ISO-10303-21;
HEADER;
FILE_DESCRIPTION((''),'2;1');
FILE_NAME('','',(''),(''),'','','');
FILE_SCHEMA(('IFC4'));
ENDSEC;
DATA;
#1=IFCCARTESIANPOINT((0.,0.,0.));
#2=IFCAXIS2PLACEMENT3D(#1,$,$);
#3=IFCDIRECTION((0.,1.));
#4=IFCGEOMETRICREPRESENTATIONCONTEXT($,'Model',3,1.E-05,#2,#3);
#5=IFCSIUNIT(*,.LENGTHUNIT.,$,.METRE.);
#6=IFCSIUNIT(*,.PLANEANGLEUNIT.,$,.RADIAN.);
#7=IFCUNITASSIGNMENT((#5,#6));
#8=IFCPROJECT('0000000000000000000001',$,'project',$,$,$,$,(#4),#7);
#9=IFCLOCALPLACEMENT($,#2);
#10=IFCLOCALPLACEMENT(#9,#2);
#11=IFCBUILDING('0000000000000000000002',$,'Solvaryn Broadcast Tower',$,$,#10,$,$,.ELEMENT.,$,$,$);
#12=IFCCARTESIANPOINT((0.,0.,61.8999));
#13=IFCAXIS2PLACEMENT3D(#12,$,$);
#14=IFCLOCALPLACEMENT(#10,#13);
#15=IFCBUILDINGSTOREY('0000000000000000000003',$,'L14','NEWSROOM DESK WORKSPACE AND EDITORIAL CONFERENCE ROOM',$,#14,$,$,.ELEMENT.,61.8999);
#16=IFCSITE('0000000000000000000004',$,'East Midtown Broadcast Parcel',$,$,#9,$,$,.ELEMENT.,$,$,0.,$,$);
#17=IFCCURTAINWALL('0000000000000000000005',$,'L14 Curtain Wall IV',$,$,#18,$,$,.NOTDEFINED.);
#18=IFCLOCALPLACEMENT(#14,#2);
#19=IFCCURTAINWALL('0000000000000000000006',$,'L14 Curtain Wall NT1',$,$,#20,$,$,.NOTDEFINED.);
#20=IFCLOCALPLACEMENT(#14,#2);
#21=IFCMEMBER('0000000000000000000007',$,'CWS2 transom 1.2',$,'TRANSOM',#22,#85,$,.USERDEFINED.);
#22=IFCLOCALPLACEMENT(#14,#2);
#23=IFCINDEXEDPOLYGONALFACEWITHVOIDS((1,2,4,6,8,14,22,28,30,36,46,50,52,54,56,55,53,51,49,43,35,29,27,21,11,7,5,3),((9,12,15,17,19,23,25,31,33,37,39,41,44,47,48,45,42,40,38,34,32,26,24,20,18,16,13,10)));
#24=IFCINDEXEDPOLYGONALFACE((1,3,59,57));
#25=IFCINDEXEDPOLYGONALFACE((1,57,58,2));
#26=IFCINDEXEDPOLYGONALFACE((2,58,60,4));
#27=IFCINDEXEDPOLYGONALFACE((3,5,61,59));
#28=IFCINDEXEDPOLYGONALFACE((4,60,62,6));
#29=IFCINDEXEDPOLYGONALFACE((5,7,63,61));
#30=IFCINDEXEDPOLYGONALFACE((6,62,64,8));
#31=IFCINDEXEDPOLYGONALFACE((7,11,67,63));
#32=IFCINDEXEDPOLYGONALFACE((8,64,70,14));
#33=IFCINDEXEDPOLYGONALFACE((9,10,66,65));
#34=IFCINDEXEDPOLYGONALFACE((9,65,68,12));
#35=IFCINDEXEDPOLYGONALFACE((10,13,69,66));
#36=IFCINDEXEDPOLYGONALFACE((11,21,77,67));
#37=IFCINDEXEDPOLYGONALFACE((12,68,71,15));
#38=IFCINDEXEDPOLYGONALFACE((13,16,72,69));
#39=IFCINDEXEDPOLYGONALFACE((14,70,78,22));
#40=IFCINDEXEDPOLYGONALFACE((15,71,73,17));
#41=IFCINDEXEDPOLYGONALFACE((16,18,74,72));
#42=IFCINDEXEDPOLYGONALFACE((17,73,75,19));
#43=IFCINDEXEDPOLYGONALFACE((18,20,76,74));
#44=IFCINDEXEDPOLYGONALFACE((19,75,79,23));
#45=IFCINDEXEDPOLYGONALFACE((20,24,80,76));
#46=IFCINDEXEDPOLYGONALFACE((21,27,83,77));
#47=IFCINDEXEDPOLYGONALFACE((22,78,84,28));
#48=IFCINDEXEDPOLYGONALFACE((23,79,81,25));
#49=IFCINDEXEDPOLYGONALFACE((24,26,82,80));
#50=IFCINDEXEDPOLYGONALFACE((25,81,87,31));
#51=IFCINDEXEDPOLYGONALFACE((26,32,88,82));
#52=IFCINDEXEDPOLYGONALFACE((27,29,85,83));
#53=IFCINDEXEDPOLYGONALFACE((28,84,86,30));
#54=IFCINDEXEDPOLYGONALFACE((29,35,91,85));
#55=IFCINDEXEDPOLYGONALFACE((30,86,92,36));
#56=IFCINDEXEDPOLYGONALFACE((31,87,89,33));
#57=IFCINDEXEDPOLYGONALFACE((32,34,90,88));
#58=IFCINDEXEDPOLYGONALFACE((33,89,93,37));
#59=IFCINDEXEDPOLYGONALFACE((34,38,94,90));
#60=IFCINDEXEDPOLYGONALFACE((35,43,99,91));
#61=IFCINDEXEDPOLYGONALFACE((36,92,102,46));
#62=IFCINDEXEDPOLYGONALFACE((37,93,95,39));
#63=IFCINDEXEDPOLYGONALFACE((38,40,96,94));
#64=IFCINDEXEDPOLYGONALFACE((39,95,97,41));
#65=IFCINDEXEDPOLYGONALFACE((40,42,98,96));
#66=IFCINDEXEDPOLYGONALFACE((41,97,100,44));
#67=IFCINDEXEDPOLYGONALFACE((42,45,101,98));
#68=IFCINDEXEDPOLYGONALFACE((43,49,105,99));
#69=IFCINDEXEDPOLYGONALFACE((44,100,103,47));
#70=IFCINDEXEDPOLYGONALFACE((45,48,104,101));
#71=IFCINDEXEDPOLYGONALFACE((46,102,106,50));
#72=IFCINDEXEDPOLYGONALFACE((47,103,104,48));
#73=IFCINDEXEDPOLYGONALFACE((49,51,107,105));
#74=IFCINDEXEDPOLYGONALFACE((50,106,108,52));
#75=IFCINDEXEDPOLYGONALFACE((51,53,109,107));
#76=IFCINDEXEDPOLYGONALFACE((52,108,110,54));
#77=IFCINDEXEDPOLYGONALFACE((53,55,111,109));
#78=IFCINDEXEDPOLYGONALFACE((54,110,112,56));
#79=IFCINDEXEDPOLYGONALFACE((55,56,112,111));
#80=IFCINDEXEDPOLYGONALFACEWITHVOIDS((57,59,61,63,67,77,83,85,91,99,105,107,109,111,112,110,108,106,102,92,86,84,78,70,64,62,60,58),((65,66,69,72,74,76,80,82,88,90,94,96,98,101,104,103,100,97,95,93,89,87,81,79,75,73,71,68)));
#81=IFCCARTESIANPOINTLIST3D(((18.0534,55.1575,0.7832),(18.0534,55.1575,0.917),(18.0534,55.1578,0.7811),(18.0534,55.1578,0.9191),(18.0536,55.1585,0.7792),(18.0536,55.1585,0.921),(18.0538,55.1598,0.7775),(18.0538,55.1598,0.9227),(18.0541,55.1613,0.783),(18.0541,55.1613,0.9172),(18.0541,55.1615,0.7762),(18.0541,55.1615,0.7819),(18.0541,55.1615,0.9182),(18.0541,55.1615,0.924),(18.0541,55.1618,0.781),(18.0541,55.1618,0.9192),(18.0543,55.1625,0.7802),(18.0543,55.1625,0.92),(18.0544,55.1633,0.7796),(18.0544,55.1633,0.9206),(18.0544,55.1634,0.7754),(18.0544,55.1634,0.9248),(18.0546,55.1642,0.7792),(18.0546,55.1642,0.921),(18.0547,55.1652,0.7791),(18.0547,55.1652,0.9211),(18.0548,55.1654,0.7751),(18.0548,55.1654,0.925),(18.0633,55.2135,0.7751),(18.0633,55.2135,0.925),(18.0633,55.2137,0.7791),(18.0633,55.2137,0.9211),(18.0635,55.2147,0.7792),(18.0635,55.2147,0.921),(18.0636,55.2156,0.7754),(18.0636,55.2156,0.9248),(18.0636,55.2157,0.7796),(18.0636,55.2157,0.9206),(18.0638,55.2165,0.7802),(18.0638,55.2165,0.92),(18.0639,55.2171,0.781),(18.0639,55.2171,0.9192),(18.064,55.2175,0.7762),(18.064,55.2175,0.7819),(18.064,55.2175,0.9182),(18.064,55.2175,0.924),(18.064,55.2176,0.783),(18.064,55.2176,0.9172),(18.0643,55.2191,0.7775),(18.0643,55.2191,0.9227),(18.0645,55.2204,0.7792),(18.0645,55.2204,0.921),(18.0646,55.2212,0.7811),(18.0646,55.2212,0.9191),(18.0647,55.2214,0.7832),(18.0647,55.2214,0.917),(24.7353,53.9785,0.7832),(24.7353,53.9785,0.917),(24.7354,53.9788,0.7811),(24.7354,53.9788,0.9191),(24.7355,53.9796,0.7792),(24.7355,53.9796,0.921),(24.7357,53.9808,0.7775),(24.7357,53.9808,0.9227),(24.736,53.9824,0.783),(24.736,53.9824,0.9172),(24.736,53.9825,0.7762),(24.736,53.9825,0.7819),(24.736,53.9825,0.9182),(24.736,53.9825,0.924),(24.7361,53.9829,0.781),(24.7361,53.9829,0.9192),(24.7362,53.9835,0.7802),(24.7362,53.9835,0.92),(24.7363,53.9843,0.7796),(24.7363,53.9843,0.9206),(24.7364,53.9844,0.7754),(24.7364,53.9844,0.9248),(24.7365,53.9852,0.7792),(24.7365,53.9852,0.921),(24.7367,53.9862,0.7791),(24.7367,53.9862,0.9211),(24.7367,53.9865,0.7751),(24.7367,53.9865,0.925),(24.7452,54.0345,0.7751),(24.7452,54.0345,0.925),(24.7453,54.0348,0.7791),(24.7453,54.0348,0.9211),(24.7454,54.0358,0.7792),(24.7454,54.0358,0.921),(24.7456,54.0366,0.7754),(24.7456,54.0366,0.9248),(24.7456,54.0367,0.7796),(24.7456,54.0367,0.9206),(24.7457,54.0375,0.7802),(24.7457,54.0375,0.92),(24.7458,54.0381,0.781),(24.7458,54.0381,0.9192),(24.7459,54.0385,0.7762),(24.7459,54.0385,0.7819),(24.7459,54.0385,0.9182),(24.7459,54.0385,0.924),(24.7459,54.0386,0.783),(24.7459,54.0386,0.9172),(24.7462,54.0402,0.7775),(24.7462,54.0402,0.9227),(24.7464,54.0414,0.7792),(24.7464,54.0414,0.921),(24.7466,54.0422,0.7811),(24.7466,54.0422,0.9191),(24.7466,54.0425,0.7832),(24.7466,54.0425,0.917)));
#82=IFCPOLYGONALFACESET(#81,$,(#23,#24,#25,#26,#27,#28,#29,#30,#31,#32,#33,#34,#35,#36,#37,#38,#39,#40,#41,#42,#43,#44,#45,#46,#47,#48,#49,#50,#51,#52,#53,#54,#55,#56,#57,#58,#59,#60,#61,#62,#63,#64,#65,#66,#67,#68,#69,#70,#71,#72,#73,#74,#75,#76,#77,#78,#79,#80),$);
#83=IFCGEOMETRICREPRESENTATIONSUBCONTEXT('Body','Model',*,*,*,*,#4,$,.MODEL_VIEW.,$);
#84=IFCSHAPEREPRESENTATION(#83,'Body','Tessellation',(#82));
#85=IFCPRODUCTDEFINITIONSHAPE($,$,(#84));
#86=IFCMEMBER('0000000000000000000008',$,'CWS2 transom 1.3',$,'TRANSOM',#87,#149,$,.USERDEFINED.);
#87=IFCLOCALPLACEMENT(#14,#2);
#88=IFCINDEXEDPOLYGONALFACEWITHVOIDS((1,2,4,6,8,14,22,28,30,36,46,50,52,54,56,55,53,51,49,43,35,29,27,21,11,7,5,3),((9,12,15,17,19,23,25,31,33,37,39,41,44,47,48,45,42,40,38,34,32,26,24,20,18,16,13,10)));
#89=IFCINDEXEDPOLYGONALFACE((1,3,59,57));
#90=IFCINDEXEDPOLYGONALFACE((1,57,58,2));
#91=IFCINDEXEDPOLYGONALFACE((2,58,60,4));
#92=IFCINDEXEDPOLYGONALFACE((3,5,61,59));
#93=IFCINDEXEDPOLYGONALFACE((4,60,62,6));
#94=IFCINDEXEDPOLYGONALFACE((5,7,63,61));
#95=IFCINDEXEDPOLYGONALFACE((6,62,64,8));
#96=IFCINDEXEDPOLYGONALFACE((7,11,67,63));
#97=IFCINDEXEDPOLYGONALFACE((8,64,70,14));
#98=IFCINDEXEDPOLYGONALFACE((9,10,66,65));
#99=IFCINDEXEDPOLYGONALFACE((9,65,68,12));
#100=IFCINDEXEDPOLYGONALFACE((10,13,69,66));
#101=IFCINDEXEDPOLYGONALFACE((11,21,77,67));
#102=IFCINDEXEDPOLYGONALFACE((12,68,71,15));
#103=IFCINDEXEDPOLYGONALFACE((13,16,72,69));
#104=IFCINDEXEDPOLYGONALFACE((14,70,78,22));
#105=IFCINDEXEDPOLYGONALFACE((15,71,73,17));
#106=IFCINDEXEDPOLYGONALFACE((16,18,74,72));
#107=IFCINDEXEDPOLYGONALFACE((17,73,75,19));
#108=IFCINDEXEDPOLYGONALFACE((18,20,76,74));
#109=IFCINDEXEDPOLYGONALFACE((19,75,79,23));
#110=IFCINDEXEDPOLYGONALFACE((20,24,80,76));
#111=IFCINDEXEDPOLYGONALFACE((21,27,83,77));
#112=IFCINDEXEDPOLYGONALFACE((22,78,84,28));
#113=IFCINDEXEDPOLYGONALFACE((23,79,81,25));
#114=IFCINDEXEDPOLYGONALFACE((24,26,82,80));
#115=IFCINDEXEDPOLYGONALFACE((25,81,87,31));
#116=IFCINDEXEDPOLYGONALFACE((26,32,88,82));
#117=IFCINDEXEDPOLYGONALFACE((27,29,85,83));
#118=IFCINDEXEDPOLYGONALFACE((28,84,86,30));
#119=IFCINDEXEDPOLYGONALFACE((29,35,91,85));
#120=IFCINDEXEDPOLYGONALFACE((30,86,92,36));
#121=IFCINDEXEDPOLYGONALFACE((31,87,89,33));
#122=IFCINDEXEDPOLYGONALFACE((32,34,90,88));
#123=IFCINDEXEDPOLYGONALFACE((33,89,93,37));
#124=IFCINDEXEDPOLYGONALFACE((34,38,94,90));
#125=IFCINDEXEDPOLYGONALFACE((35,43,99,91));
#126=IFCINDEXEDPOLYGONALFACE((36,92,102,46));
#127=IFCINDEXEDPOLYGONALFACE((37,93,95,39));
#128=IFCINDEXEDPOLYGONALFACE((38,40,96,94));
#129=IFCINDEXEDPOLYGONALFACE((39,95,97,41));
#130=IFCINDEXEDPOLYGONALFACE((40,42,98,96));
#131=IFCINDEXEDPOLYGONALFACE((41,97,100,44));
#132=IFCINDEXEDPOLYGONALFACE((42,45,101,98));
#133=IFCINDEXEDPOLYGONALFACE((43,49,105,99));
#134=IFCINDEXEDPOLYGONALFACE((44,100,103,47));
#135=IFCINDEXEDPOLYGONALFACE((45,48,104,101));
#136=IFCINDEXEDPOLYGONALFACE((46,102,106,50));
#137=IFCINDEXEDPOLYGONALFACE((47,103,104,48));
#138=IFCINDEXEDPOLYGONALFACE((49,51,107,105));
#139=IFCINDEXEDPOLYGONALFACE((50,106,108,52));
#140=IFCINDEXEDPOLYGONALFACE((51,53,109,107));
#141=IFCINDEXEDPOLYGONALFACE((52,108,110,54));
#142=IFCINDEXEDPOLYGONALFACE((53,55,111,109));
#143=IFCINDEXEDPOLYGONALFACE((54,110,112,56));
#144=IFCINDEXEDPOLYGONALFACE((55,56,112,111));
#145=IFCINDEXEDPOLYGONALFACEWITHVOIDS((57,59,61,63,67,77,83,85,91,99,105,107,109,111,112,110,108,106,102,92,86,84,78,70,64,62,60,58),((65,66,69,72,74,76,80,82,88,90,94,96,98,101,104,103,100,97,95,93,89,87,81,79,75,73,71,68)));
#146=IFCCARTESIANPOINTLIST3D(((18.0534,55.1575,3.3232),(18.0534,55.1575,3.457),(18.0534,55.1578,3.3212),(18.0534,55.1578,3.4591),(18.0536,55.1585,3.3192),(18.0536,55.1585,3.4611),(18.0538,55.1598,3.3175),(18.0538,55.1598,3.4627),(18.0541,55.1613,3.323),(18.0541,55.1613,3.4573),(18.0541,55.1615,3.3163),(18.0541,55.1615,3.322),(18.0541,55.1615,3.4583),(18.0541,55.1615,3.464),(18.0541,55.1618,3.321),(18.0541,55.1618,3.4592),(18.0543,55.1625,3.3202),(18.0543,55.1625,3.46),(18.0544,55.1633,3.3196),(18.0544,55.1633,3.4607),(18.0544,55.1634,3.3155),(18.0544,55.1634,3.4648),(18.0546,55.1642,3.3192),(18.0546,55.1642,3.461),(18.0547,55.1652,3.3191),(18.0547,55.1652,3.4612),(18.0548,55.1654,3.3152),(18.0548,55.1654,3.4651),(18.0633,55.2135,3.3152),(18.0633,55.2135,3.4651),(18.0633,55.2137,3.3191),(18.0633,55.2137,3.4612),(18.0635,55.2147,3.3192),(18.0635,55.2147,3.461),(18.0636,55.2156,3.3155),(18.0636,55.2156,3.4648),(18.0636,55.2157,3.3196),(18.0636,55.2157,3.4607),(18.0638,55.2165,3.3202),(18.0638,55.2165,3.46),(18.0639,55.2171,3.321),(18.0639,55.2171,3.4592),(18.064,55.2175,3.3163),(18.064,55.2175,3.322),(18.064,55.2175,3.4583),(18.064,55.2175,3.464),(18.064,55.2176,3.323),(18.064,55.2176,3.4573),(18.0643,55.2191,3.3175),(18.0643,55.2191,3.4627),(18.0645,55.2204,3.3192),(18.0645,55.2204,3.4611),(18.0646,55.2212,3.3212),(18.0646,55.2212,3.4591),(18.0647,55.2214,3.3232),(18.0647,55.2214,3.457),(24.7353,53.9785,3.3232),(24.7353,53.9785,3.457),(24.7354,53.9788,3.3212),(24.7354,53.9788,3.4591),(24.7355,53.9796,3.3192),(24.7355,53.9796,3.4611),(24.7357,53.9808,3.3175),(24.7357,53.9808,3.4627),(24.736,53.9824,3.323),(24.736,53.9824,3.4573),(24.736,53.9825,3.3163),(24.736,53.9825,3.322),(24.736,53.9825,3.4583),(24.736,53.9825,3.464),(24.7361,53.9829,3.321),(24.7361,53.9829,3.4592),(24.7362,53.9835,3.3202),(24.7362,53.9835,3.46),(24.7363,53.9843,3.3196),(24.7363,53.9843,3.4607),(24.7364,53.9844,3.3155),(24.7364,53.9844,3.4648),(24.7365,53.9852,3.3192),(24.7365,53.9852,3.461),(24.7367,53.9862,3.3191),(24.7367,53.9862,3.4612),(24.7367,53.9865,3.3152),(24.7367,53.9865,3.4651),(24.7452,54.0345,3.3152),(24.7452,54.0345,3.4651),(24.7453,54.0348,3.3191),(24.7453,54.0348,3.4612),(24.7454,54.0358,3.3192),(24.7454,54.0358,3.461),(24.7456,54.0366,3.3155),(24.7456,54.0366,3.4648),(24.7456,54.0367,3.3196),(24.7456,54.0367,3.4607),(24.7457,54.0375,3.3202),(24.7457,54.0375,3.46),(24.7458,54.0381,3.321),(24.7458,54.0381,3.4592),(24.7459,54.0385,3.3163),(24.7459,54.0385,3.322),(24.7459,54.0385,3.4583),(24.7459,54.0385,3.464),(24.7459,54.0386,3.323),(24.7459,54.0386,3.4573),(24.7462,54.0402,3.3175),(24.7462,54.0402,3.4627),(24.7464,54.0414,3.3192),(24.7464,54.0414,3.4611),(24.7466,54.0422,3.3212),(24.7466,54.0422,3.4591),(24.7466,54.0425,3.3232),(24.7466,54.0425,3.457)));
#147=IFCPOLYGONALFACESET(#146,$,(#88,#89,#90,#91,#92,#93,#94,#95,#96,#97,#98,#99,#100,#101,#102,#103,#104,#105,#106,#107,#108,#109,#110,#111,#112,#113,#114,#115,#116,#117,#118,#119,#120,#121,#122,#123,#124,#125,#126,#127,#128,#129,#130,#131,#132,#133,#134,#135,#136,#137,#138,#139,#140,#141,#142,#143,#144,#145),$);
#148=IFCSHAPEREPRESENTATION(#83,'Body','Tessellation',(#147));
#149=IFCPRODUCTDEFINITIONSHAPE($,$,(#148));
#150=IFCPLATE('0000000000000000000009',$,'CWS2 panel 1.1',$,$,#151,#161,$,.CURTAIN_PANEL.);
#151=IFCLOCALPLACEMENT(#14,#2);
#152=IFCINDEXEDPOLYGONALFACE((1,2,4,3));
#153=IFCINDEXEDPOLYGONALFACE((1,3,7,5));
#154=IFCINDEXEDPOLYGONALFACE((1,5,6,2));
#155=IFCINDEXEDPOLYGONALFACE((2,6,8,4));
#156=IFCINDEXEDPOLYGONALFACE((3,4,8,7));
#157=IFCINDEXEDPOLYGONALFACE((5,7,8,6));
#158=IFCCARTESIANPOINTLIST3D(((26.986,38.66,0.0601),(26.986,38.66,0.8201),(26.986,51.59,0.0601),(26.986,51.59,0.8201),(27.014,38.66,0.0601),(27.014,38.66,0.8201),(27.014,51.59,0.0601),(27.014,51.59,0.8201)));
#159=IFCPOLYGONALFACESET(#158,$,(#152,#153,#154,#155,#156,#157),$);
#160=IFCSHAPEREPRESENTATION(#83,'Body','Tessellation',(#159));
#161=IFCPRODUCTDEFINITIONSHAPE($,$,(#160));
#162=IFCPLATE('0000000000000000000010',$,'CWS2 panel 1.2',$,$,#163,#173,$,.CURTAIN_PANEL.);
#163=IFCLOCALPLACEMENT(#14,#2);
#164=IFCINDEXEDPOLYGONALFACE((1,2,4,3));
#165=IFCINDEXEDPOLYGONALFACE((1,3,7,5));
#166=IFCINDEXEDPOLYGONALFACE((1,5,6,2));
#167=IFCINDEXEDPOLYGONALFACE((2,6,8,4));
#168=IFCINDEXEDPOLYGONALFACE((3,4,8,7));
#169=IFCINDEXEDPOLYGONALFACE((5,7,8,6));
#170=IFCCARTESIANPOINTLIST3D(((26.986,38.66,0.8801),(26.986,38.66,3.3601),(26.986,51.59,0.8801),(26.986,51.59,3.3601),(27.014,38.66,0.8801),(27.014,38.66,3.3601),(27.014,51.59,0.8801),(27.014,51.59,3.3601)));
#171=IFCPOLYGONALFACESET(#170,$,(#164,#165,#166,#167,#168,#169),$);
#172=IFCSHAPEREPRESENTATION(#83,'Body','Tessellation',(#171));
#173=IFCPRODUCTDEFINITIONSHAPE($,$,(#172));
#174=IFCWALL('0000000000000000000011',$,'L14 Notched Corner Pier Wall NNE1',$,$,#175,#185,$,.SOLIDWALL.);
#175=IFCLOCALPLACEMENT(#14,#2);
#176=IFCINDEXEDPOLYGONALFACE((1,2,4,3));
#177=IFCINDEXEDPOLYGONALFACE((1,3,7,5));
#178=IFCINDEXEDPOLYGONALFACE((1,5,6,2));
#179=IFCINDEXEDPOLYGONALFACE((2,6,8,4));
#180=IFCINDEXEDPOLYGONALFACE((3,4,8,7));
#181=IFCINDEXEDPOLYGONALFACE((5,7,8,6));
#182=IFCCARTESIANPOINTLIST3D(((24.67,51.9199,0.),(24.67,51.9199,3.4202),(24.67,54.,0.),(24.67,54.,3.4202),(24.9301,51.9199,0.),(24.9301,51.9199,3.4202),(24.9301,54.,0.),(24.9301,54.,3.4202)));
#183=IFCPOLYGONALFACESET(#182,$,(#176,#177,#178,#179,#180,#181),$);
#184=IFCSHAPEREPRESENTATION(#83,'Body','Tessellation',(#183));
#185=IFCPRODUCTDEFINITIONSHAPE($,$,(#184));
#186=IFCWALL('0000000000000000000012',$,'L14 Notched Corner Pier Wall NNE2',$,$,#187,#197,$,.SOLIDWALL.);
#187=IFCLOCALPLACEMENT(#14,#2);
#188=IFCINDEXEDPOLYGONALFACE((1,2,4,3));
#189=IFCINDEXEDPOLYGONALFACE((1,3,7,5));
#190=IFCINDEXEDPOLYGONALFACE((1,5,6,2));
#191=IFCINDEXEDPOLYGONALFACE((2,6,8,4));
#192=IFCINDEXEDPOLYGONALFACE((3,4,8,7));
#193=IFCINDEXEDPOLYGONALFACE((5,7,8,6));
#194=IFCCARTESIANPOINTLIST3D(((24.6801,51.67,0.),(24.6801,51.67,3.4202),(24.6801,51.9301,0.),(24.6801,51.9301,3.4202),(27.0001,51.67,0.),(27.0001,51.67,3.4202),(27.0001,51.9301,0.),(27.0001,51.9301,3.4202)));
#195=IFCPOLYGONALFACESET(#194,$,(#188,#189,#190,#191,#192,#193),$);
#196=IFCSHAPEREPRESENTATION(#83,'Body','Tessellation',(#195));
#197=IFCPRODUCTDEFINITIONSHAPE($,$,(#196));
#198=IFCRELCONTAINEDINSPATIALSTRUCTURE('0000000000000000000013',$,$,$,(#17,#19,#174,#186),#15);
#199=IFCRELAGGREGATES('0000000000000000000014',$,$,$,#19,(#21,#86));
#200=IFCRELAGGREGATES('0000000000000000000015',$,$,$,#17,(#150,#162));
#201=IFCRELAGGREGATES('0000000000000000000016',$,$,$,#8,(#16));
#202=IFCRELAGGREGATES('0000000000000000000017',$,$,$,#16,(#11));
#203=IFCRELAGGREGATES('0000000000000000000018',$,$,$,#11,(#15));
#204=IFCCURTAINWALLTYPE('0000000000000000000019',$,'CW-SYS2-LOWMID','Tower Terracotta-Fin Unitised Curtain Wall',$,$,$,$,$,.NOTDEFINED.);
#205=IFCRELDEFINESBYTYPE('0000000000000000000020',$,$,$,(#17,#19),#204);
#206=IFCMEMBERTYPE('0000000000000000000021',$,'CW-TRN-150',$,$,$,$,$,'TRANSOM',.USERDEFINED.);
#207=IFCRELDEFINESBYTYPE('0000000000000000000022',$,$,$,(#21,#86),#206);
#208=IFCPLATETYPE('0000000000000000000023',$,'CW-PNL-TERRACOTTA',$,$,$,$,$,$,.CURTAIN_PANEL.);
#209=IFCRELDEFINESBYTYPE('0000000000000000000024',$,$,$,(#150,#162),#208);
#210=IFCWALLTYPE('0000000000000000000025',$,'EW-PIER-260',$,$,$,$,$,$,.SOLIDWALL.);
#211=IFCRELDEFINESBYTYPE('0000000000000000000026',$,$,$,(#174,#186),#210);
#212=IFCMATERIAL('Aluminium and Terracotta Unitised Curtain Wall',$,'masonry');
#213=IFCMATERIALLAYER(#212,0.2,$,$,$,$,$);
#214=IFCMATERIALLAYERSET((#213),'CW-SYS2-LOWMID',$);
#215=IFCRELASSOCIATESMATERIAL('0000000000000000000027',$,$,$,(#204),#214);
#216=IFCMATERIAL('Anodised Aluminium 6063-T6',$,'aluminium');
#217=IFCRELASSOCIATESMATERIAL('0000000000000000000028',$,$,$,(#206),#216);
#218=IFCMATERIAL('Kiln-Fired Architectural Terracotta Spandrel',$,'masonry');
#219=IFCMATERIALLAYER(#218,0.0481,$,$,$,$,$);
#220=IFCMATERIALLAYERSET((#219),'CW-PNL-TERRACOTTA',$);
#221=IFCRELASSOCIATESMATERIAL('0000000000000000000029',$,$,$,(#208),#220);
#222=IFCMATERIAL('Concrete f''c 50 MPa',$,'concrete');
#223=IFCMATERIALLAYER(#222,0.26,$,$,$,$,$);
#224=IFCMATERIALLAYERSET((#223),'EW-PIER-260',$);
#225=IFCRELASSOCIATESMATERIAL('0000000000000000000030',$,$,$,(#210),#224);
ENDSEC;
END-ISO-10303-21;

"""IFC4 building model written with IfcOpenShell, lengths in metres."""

from ifc_helpers import new_model, si_unit, direction, frame, frame_2d, origin, origin_2d, place, context, subcontext, project, spatial, rectangle, hollow_rectangle, extrude, material, layer, layer_set, material_profile, profile_set, type_object, element, aggregate, save


model = new_model("IFC4")

# Units and contexts
model_context = context("Model", 3, precision=1e-05, world=origin(), true_north=direction((0.0, 1.0)))
body_context = subcontext(model_context, "Body", "Model", "MODEL_VIEW")
ifc_project = project(units=[si_unit("LENGTHUNIT", "METRE"), si_unit("PLANEANGLEUNIT", "RADIAN")], contexts=[model_context])

# Site, building, storey
site_placement = place(None, origin())
site = spatial("IfcSite", under=ifc_project, at=site_placement, Name="East Midtown Broadcast Parcel", CompositionType="ELEMENT", RefElevation=0.0)
building_placement = place(site_placement, origin())
building = spatial("IfcBuilding", under=site, at=building_placement, Name="Solvaryn Broadcast Tower", CompositionType="ELEMENT")
storey_placement = place(building_placement, frame((0.0, 0.0, 61.8999)))
storey = spatial("IfcBuildingStorey", under=building, at=storey_placement, Name="L14", Description="NEWSROOM DESK WORKSPACE AND EDITORIAL CONFERENCE ROOM", CompositionType="ELEMENT", Elevation=61.8999)

# Curtain wall
ifc_material_1 = material(Name="Aluminium and Terracotta Unitised Curtain Wall", Category="masonry")
ifc_layer_1 = layer(ifc_material_1, 0.2)
ifc_layer_set_1 = layer_set([ifc_layer_1], Name="CW-SYS2-LOWMID")
curtain_wall_type = type_object("IfcCurtainWallType", Name="CW-SYS2-LOWMID", Description="Tower Terracotta-Fin Unitised Curtain Wall", PredefinedType="NOTDEFINED", material=ifc_layer_set_1)
curtain_wall_1_placement = place(storey_placement, origin())
curtain_wall_1 = element("IfcCurtainWall", 1, at=curtain_wall_1_placement, inside=storey, type_object=curtain_wall_type, Name="L14 Curtain Wall IV", PredefinedType="NOTDEFINED")

# Curtain wall
curtain_wall_2_placement = place(storey_placement, origin())
curtain_wall_2 = element("IfcCurtainWall", 2, at=curtain_wall_2_placement, inside=storey, type_object=curtain_wall_type, Name="L14 Curtain Wall NT1", PredefinedType="NOTDEFINED")

# Members
ifc_material_2 = material(Name="Anodised Aluminium 6063-T6", Category="aluminium")
ifc_material_profile_1 = material_profile(ifc_material_2, hollow_rectangle(XDim=0.0649, YDim=0.1499, WallThickness=0.0039, InnerFilletRadius=0.0039, OuterFilletRadius=0.0081, at=origin_2d()))
ifc_profile_set_1 = profile_set([ifc_material_profile_1], Name="Anodised Aluminium 6063-T6")
member_type_1 = type_object("IfcMemberType", Name="CW-TRN-150", ElementType="TRANSOM", PredefinedType="USERDEFINED", material=ifc_profile_set_1)
member_1_placement = place(storey_placement, frame((24.741, 54.0105, 0.8501), z_axis=(-0.984789, 0.173757, 0.0), x_axis=(-0.173757, -0.984789, 0.0)))
member_1 = element("IfcMember", 3, at=member_1_placement, type_object=member_type_1, Name="CWS2 transom 1.2", ObjectType="TRANSOM", PredefinedType="USERDEFINED", context=body_context, shape_type="SweptSolid", body=[
    extrude(hollow_rectangle(XDim=0.0649, YDim=0.1499, WallThickness=0.0039, InnerFilletRadius=0.0039, OuterFilletRadius=0.0081, at=origin_2d()), origin(), (0.0, 0.0, 1.0), 6.7852),
])
member_2_placement = place(storey_placement, frame((24.741, 54.0105, 3.3901), z_axis=(-0.984789, 0.173757, 0.0), x_axis=(-0.173757, -0.984789, 0.0)))
member_2 = element("IfcMember", 4, at=member_2_placement, type_object=member_type_1, Name="CWS2 transom 1.3", ObjectType="TRANSOM", PredefinedType="USERDEFINED", context=body_context, shape_type="SweptSolid", body=[
    extrude(hollow_rectangle(XDim=0.0649, YDim=0.1499, WallThickness=0.0039, InnerFilletRadius=0.0039, OuterFilletRadius=0.0081, at=origin_2d()), origin(), (0.0, 0.0, 1.0), 6.7852),
])
aggregate(curtain_wall_2, [member_1, member_2])

# Plates
ifc_material_3 = material(Name="Kiln-Fired Architectural Terracotta Spandrel", Category="masonry")
ifc_layer_2 = layer(ifc_material_3, 0.0481)
ifc_layer_set_2 = layer_set([ifc_layer_2], Name="CW-PNL-TERRACOTTA")
plate_type = type_object("IfcPlateType", Name="CW-PNL-TERRACOTTA", PredefinedType="CURTAIN_PANEL", material=ifc_layer_set_2)
plate_1_placement = place(storey_placement, frame((27.0, 45.125, 0.0601), z_axis=(0.0, 0.0, 1.0), x_axis=(0.0, -1.0, 0.0)))
plate_1 = element("IfcPlate", 5, at=plate_1_placement, type_object=plate_type, Name="CWS2 panel 1.1", PredefinedType="CURTAIN_PANEL", context=body_context, shape_type="SweptSolid", body=[
    extrude(rectangle(XDim=12.9299, YDim=0.0281, at=origin_2d()), origin(), (0.0, 0.0, 1.0), 0.76),
])
plate_2_placement = place(storey_placement, frame((27.0, 45.125, 0.8801), z_axis=(0.0, 0.0, 1.0), x_axis=(0.0, -1.0, 0.0)))
plate_2 = element("IfcPlate", 6, at=plate_2_placement, type_object=plate_type, Name="CWS2 panel 1.2", PredefinedType="CURTAIN_PANEL", context=body_context, shape_type="SweptSolid", body=[
    extrude(rectangle(XDim=12.9299, YDim=0.0281, at=origin_2d()), origin(), (0.0, 0.0, 1.0), 2.48),
])
aggregate(curtain_wall_1, [plate_1, plate_2])

# Walls
ifc_material_4 = material(Name="Concrete f'c 50 MPa", Category="concrete")
ifc_layer_3 = layer(ifc_material_4, 0.26)
ifc_layer_set_3 = layer_set([ifc_layer_3], Name="EW-PIER-260")
wall_type_1 = type_object("IfcWallType", Name="EW-PIER-260", PredefinedType="SOLIDWALL", material=ifc_layer_set_3)
wall_1_placement = place(storey_placement, frame((24.8, 54.0, 0.0), z_axis=(0.0, 0.0, 1.0), x_axis=(0.0, -1.0, 0.0)))
element("IfcWall", 7, at=wall_1_placement, inside=storey, type_object=wall_type_1, Name="L14 Notched Corner Pier Wall NNE1", PredefinedType="SOLIDWALL", context=body_context, shape_type="SweptSolid", body=[
    extrude(rectangle(XDim=2.0801, YDim=0.26, at=frame_2d((1.04, 0.0))), origin(), (0.0, 0.0, 1.0), 3.4202),
])
wall_2_placement = place(storey_placement, frame((24.6799, 51.8, 0.0), z_axis=(0.0, 0.0, 1.0), x_axis=(1.0, 0.0, 0.0)))
element("IfcWall", 8, at=wall_2_placement, inside=storey, type_object=wall_type_1, Name="L14 Notched Corner Pier Wall NNE2", PredefinedType="SOLIDWALL", context=body_context, shape_type="SweptSolid", body=[
    extrude(rectangle(XDim=2.3201, YDim=0.26, at=frame_2d((1.1602, 0.0))), origin(), (0.0, 0.0, 1.0), 3.4202),
])

save(model, "model.ifc")
